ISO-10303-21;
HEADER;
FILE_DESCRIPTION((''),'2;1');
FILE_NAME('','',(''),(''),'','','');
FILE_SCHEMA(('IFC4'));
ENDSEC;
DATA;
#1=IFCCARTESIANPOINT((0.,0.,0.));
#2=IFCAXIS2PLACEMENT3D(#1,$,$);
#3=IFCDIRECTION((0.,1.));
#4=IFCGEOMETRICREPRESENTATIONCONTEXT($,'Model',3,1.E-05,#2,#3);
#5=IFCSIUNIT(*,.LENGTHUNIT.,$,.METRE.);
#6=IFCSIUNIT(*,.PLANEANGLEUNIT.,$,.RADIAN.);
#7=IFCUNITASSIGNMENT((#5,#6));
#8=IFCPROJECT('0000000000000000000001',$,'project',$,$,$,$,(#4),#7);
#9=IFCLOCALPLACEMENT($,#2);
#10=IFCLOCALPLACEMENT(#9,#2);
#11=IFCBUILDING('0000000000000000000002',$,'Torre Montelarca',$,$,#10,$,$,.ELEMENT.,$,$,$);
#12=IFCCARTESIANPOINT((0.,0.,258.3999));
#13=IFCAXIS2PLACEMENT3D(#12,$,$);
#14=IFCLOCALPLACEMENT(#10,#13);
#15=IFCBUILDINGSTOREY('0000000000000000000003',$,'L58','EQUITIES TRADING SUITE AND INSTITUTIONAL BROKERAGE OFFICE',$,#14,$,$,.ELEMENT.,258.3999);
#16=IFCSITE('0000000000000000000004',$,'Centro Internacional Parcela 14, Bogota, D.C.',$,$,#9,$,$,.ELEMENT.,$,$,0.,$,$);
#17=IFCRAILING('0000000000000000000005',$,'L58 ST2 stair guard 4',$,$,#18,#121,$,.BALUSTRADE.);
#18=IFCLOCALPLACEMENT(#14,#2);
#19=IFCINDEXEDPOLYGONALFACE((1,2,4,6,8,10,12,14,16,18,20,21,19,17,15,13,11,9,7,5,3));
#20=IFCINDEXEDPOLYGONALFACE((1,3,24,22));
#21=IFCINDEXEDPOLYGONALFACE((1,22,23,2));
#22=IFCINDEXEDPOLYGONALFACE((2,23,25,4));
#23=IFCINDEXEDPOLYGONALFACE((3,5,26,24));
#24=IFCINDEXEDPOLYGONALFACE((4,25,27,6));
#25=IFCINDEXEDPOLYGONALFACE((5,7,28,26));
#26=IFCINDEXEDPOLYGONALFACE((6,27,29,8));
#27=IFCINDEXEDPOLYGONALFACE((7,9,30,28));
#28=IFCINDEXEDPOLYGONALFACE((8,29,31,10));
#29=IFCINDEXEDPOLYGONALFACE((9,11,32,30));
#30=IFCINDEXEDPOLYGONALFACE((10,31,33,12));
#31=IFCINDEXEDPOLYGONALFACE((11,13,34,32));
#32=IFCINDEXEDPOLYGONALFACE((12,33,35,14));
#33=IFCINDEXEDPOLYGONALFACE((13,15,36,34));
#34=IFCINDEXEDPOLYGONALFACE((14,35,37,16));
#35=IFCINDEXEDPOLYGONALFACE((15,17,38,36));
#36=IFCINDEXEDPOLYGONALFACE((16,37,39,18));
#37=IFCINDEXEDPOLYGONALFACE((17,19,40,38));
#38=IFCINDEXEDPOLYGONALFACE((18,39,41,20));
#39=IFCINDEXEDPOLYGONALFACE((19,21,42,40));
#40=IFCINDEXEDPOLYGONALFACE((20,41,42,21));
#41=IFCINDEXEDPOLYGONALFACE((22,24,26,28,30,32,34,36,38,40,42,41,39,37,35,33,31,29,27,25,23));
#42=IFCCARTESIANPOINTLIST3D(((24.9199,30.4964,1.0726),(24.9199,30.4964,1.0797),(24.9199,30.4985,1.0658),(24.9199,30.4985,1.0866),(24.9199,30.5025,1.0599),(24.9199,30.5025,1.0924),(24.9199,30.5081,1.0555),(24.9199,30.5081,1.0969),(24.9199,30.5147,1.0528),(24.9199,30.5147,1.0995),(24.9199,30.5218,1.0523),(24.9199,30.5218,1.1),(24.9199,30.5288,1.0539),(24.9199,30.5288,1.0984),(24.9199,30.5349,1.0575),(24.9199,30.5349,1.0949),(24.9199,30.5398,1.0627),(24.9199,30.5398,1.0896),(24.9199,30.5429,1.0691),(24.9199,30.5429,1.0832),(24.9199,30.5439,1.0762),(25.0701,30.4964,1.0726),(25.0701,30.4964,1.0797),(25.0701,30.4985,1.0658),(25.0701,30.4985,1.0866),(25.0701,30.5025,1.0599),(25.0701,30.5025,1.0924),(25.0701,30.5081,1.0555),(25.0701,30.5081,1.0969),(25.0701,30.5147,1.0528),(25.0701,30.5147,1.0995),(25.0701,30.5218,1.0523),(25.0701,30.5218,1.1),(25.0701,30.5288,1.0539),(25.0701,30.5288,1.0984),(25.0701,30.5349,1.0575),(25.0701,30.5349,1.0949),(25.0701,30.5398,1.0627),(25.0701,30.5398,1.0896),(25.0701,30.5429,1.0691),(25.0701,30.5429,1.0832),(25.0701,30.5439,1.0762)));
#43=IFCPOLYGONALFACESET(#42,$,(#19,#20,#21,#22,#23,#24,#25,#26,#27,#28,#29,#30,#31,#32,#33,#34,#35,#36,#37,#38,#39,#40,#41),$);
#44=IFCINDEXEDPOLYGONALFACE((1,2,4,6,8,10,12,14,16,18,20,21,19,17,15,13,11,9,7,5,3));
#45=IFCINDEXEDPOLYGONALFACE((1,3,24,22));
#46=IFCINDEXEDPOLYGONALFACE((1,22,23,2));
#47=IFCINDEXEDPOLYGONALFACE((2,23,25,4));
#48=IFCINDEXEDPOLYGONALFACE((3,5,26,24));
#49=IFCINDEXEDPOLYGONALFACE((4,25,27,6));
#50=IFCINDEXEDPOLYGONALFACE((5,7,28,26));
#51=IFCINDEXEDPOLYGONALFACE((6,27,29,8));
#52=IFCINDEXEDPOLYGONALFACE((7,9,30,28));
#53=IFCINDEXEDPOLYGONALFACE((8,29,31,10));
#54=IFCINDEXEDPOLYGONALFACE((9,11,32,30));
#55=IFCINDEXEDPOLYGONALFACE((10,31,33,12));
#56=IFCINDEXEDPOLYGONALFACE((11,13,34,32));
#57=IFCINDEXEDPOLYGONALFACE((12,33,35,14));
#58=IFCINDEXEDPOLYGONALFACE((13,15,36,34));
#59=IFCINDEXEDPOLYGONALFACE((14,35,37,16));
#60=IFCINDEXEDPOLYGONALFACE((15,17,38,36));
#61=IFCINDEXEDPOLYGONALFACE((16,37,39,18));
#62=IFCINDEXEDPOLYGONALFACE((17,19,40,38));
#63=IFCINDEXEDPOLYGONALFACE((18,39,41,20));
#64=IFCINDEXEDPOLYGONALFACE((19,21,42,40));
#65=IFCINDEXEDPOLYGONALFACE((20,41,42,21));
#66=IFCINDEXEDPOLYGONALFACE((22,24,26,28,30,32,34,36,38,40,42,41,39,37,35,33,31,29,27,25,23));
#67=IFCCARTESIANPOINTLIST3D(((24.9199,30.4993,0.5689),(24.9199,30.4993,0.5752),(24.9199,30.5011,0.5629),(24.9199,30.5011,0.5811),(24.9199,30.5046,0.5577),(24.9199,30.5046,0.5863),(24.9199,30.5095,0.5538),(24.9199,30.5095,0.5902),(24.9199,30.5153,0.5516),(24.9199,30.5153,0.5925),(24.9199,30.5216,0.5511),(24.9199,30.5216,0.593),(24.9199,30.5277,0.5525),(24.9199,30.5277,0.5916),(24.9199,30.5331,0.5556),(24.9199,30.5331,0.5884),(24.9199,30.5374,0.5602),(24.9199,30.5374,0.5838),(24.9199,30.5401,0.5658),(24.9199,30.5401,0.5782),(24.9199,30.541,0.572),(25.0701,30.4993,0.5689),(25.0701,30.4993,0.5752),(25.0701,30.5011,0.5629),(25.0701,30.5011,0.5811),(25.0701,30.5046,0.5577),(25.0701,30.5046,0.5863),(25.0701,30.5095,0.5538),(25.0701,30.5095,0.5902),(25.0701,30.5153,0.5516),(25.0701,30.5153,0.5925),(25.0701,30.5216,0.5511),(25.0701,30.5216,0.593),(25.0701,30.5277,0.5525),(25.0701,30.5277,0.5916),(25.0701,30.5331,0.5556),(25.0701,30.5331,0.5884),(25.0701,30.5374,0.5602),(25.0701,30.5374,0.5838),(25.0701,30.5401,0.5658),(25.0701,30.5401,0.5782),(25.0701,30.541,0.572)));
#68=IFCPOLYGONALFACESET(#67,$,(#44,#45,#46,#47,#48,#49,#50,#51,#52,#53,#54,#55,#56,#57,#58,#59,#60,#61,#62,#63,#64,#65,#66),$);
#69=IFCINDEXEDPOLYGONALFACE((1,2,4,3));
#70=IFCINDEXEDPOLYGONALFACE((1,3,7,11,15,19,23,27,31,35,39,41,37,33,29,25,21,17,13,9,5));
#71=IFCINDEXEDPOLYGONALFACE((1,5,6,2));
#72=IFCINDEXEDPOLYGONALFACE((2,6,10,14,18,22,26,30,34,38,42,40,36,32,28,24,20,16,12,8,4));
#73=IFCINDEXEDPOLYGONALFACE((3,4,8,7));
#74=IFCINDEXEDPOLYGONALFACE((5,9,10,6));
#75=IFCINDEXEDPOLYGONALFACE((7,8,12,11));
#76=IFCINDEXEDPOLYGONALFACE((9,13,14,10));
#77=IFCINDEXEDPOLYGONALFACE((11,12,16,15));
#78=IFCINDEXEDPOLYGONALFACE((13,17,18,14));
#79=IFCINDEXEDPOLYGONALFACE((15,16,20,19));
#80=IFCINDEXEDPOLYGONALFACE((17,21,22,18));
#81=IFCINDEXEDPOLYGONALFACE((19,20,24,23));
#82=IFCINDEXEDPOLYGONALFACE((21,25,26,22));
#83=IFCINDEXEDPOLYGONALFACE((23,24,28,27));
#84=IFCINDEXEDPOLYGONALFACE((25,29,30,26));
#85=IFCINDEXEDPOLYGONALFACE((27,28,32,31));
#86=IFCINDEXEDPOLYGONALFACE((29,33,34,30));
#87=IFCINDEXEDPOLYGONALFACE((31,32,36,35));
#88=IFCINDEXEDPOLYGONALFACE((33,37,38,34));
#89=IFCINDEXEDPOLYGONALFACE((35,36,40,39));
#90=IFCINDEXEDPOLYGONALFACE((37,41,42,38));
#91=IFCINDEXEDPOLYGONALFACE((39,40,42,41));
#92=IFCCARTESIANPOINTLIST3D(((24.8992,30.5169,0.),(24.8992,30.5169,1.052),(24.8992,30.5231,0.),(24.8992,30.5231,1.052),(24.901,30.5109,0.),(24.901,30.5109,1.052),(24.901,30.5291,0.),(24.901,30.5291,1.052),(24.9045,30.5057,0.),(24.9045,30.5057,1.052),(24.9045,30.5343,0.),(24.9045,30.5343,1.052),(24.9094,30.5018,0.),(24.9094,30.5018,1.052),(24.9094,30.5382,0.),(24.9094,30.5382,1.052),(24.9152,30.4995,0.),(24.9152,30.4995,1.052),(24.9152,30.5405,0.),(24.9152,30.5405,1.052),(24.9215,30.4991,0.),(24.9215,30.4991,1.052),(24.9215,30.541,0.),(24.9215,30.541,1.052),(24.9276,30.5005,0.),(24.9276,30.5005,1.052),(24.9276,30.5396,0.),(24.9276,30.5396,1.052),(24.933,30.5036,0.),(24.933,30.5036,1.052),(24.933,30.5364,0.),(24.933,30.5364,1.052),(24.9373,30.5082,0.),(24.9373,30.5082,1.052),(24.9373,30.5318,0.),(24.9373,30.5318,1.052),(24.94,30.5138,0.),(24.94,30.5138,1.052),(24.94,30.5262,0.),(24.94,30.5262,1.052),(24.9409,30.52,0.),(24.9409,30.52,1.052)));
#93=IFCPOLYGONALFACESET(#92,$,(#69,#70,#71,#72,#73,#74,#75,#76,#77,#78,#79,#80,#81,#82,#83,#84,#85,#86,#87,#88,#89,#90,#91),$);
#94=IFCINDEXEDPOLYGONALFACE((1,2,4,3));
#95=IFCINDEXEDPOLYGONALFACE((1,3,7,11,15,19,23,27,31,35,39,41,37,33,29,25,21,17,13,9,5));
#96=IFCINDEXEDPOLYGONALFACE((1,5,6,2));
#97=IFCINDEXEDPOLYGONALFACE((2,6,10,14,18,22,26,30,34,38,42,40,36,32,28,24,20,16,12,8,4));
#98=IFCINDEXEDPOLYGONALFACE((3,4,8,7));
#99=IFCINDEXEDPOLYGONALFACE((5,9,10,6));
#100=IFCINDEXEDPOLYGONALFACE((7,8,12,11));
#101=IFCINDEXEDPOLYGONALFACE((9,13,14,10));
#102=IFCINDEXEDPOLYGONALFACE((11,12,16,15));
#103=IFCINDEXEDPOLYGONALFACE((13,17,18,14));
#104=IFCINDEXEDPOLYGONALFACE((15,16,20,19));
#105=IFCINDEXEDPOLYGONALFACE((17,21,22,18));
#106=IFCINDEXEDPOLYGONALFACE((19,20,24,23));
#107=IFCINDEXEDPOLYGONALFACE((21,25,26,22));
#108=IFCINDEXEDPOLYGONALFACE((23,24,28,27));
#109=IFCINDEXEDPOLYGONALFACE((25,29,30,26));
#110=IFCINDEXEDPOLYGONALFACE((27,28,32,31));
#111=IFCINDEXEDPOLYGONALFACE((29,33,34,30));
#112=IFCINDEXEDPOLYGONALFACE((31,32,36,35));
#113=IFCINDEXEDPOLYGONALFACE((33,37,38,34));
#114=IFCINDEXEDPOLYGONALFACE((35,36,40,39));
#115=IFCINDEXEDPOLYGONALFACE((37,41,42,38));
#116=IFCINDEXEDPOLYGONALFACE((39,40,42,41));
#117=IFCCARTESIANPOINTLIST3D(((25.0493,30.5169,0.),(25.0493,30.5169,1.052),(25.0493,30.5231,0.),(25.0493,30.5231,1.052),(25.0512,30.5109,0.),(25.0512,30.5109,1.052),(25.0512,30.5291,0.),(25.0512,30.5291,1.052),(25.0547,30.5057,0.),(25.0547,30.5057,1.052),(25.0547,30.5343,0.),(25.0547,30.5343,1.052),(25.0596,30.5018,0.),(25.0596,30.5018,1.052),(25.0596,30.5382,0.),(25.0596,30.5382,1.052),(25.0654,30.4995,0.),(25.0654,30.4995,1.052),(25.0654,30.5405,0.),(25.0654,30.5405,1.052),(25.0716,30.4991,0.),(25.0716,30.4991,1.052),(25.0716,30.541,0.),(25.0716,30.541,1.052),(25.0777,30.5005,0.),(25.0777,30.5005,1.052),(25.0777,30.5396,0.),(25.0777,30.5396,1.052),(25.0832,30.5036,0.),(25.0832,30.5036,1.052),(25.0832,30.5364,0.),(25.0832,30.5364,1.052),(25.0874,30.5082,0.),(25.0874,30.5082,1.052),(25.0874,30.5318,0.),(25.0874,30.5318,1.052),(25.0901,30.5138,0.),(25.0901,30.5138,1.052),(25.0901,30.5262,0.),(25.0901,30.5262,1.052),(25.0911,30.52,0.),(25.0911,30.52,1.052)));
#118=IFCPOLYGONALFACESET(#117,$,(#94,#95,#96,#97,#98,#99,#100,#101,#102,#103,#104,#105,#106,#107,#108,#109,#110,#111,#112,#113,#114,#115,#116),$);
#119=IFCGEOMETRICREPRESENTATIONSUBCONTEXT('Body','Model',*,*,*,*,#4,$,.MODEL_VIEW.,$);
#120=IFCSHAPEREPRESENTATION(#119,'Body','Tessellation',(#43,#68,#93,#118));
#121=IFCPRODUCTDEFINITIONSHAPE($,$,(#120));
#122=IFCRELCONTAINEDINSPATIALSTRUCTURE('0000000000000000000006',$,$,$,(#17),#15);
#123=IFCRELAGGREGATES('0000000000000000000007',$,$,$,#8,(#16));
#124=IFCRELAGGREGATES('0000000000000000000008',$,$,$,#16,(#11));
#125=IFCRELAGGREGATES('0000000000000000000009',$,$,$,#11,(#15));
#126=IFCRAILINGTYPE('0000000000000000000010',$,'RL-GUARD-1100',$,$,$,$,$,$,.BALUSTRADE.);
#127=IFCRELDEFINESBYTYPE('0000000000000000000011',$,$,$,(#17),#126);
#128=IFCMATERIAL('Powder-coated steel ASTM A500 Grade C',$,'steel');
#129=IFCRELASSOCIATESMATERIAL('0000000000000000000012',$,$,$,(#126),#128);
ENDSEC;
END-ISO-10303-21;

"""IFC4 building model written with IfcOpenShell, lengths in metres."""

from ifc_helpers import new_model, si_unit, direction, frame, origin, origin_2d, place, context, subcontext, project, spatial, circle, extrude, material, type_object, element, save


model = new_model("IFC4")

# Units and contexts
model_context = context("Model", 3, precision=1e-05, world=origin(), true_north=direction((0.0, 1.0)))
body_context = subcontext(model_context, "Body", "Model", "MODEL_VIEW")
ifc_project = project(units=[si_unit("LENGTHUNIT", "METRE"), si_unit("PLANEANGLEUNIT", "RADIAN")], contexts=[model_context])

# Site, building, storey
site_placement = place(None, origin())
site = spatial("IfcSite", under=ifc_project, at=site_placement, Name="Centro Internacional Parcela 14, Bogota, D.C.", CompositionType="ELEMENT", RefElevation=0.0)
building_placement = place(site_placement, origin())
building = spatial("IfcBuilding", under=site, at=building_placement, Name="Torre Montelarca", CompositionType="ELEMENT")
storey_placement = place(building_placement, frame((0.0, 0.0, 258.3999)))
storey = spatial("IfcBuildingStorey", under=building, at=storey_placement, Name="L58", Description="EQUITIES TRADING SUITE AND INSTITUTIONAL BROKERAGE OFFICE", CompositionType="ELEMENT", Elevation=258.3999)

# Railing
ifc_material_1 = material(Name="Powder-coated steel ASTM A500 Grade C", Category="steel")
railing_type_1 = type_object("IfcRailingType", Name="RL-GUARD-1100", PredefinedType="BALUSTRADE", material=ifc_material_1)
railing_1_placement = place(storey_placement, frame((24.9199, 30.52, 0.0)))
element("IfcRailing", 1, at=railing_1_placement, inside=storey, type_object=railing_type_1, Name="L58 ST2 stair guard 4", PredefinedType="BALUSTRADE", context=body_context, shape_type="SweptSolid", body=[
    extrude(circle(Radius=0.0239, at=origin_2d()), frame((0.0, 0.0, 1.0762), z_axis=(1.0, 0.0, 0.0), x_axis=(0.0, 1.0, 0.0)), (0.0, 0.0, 1.0), 0.1501),
    extrude(circle(Radius=0.021, at=origin_2d()), frame((0.0, 0.0, 0.572), z_axis=(1.0, 0.0, 0.0), x_axis=(0.0, 1.0, 0.0)), (0.0, 0.0, 1.0), 0.1501),
    extrude(circle(Radius=0.021, at=origin_2d()), origin(), (0.0, 0.0, 1.0), 1.052),
    extrude(circle(Radius=0.021, at=origin_2d()), frame((0.1501, 0.0, 0.0)), (0.0, 0.0, 1.0), 1.052),
])

save(model, "model.ifc")
